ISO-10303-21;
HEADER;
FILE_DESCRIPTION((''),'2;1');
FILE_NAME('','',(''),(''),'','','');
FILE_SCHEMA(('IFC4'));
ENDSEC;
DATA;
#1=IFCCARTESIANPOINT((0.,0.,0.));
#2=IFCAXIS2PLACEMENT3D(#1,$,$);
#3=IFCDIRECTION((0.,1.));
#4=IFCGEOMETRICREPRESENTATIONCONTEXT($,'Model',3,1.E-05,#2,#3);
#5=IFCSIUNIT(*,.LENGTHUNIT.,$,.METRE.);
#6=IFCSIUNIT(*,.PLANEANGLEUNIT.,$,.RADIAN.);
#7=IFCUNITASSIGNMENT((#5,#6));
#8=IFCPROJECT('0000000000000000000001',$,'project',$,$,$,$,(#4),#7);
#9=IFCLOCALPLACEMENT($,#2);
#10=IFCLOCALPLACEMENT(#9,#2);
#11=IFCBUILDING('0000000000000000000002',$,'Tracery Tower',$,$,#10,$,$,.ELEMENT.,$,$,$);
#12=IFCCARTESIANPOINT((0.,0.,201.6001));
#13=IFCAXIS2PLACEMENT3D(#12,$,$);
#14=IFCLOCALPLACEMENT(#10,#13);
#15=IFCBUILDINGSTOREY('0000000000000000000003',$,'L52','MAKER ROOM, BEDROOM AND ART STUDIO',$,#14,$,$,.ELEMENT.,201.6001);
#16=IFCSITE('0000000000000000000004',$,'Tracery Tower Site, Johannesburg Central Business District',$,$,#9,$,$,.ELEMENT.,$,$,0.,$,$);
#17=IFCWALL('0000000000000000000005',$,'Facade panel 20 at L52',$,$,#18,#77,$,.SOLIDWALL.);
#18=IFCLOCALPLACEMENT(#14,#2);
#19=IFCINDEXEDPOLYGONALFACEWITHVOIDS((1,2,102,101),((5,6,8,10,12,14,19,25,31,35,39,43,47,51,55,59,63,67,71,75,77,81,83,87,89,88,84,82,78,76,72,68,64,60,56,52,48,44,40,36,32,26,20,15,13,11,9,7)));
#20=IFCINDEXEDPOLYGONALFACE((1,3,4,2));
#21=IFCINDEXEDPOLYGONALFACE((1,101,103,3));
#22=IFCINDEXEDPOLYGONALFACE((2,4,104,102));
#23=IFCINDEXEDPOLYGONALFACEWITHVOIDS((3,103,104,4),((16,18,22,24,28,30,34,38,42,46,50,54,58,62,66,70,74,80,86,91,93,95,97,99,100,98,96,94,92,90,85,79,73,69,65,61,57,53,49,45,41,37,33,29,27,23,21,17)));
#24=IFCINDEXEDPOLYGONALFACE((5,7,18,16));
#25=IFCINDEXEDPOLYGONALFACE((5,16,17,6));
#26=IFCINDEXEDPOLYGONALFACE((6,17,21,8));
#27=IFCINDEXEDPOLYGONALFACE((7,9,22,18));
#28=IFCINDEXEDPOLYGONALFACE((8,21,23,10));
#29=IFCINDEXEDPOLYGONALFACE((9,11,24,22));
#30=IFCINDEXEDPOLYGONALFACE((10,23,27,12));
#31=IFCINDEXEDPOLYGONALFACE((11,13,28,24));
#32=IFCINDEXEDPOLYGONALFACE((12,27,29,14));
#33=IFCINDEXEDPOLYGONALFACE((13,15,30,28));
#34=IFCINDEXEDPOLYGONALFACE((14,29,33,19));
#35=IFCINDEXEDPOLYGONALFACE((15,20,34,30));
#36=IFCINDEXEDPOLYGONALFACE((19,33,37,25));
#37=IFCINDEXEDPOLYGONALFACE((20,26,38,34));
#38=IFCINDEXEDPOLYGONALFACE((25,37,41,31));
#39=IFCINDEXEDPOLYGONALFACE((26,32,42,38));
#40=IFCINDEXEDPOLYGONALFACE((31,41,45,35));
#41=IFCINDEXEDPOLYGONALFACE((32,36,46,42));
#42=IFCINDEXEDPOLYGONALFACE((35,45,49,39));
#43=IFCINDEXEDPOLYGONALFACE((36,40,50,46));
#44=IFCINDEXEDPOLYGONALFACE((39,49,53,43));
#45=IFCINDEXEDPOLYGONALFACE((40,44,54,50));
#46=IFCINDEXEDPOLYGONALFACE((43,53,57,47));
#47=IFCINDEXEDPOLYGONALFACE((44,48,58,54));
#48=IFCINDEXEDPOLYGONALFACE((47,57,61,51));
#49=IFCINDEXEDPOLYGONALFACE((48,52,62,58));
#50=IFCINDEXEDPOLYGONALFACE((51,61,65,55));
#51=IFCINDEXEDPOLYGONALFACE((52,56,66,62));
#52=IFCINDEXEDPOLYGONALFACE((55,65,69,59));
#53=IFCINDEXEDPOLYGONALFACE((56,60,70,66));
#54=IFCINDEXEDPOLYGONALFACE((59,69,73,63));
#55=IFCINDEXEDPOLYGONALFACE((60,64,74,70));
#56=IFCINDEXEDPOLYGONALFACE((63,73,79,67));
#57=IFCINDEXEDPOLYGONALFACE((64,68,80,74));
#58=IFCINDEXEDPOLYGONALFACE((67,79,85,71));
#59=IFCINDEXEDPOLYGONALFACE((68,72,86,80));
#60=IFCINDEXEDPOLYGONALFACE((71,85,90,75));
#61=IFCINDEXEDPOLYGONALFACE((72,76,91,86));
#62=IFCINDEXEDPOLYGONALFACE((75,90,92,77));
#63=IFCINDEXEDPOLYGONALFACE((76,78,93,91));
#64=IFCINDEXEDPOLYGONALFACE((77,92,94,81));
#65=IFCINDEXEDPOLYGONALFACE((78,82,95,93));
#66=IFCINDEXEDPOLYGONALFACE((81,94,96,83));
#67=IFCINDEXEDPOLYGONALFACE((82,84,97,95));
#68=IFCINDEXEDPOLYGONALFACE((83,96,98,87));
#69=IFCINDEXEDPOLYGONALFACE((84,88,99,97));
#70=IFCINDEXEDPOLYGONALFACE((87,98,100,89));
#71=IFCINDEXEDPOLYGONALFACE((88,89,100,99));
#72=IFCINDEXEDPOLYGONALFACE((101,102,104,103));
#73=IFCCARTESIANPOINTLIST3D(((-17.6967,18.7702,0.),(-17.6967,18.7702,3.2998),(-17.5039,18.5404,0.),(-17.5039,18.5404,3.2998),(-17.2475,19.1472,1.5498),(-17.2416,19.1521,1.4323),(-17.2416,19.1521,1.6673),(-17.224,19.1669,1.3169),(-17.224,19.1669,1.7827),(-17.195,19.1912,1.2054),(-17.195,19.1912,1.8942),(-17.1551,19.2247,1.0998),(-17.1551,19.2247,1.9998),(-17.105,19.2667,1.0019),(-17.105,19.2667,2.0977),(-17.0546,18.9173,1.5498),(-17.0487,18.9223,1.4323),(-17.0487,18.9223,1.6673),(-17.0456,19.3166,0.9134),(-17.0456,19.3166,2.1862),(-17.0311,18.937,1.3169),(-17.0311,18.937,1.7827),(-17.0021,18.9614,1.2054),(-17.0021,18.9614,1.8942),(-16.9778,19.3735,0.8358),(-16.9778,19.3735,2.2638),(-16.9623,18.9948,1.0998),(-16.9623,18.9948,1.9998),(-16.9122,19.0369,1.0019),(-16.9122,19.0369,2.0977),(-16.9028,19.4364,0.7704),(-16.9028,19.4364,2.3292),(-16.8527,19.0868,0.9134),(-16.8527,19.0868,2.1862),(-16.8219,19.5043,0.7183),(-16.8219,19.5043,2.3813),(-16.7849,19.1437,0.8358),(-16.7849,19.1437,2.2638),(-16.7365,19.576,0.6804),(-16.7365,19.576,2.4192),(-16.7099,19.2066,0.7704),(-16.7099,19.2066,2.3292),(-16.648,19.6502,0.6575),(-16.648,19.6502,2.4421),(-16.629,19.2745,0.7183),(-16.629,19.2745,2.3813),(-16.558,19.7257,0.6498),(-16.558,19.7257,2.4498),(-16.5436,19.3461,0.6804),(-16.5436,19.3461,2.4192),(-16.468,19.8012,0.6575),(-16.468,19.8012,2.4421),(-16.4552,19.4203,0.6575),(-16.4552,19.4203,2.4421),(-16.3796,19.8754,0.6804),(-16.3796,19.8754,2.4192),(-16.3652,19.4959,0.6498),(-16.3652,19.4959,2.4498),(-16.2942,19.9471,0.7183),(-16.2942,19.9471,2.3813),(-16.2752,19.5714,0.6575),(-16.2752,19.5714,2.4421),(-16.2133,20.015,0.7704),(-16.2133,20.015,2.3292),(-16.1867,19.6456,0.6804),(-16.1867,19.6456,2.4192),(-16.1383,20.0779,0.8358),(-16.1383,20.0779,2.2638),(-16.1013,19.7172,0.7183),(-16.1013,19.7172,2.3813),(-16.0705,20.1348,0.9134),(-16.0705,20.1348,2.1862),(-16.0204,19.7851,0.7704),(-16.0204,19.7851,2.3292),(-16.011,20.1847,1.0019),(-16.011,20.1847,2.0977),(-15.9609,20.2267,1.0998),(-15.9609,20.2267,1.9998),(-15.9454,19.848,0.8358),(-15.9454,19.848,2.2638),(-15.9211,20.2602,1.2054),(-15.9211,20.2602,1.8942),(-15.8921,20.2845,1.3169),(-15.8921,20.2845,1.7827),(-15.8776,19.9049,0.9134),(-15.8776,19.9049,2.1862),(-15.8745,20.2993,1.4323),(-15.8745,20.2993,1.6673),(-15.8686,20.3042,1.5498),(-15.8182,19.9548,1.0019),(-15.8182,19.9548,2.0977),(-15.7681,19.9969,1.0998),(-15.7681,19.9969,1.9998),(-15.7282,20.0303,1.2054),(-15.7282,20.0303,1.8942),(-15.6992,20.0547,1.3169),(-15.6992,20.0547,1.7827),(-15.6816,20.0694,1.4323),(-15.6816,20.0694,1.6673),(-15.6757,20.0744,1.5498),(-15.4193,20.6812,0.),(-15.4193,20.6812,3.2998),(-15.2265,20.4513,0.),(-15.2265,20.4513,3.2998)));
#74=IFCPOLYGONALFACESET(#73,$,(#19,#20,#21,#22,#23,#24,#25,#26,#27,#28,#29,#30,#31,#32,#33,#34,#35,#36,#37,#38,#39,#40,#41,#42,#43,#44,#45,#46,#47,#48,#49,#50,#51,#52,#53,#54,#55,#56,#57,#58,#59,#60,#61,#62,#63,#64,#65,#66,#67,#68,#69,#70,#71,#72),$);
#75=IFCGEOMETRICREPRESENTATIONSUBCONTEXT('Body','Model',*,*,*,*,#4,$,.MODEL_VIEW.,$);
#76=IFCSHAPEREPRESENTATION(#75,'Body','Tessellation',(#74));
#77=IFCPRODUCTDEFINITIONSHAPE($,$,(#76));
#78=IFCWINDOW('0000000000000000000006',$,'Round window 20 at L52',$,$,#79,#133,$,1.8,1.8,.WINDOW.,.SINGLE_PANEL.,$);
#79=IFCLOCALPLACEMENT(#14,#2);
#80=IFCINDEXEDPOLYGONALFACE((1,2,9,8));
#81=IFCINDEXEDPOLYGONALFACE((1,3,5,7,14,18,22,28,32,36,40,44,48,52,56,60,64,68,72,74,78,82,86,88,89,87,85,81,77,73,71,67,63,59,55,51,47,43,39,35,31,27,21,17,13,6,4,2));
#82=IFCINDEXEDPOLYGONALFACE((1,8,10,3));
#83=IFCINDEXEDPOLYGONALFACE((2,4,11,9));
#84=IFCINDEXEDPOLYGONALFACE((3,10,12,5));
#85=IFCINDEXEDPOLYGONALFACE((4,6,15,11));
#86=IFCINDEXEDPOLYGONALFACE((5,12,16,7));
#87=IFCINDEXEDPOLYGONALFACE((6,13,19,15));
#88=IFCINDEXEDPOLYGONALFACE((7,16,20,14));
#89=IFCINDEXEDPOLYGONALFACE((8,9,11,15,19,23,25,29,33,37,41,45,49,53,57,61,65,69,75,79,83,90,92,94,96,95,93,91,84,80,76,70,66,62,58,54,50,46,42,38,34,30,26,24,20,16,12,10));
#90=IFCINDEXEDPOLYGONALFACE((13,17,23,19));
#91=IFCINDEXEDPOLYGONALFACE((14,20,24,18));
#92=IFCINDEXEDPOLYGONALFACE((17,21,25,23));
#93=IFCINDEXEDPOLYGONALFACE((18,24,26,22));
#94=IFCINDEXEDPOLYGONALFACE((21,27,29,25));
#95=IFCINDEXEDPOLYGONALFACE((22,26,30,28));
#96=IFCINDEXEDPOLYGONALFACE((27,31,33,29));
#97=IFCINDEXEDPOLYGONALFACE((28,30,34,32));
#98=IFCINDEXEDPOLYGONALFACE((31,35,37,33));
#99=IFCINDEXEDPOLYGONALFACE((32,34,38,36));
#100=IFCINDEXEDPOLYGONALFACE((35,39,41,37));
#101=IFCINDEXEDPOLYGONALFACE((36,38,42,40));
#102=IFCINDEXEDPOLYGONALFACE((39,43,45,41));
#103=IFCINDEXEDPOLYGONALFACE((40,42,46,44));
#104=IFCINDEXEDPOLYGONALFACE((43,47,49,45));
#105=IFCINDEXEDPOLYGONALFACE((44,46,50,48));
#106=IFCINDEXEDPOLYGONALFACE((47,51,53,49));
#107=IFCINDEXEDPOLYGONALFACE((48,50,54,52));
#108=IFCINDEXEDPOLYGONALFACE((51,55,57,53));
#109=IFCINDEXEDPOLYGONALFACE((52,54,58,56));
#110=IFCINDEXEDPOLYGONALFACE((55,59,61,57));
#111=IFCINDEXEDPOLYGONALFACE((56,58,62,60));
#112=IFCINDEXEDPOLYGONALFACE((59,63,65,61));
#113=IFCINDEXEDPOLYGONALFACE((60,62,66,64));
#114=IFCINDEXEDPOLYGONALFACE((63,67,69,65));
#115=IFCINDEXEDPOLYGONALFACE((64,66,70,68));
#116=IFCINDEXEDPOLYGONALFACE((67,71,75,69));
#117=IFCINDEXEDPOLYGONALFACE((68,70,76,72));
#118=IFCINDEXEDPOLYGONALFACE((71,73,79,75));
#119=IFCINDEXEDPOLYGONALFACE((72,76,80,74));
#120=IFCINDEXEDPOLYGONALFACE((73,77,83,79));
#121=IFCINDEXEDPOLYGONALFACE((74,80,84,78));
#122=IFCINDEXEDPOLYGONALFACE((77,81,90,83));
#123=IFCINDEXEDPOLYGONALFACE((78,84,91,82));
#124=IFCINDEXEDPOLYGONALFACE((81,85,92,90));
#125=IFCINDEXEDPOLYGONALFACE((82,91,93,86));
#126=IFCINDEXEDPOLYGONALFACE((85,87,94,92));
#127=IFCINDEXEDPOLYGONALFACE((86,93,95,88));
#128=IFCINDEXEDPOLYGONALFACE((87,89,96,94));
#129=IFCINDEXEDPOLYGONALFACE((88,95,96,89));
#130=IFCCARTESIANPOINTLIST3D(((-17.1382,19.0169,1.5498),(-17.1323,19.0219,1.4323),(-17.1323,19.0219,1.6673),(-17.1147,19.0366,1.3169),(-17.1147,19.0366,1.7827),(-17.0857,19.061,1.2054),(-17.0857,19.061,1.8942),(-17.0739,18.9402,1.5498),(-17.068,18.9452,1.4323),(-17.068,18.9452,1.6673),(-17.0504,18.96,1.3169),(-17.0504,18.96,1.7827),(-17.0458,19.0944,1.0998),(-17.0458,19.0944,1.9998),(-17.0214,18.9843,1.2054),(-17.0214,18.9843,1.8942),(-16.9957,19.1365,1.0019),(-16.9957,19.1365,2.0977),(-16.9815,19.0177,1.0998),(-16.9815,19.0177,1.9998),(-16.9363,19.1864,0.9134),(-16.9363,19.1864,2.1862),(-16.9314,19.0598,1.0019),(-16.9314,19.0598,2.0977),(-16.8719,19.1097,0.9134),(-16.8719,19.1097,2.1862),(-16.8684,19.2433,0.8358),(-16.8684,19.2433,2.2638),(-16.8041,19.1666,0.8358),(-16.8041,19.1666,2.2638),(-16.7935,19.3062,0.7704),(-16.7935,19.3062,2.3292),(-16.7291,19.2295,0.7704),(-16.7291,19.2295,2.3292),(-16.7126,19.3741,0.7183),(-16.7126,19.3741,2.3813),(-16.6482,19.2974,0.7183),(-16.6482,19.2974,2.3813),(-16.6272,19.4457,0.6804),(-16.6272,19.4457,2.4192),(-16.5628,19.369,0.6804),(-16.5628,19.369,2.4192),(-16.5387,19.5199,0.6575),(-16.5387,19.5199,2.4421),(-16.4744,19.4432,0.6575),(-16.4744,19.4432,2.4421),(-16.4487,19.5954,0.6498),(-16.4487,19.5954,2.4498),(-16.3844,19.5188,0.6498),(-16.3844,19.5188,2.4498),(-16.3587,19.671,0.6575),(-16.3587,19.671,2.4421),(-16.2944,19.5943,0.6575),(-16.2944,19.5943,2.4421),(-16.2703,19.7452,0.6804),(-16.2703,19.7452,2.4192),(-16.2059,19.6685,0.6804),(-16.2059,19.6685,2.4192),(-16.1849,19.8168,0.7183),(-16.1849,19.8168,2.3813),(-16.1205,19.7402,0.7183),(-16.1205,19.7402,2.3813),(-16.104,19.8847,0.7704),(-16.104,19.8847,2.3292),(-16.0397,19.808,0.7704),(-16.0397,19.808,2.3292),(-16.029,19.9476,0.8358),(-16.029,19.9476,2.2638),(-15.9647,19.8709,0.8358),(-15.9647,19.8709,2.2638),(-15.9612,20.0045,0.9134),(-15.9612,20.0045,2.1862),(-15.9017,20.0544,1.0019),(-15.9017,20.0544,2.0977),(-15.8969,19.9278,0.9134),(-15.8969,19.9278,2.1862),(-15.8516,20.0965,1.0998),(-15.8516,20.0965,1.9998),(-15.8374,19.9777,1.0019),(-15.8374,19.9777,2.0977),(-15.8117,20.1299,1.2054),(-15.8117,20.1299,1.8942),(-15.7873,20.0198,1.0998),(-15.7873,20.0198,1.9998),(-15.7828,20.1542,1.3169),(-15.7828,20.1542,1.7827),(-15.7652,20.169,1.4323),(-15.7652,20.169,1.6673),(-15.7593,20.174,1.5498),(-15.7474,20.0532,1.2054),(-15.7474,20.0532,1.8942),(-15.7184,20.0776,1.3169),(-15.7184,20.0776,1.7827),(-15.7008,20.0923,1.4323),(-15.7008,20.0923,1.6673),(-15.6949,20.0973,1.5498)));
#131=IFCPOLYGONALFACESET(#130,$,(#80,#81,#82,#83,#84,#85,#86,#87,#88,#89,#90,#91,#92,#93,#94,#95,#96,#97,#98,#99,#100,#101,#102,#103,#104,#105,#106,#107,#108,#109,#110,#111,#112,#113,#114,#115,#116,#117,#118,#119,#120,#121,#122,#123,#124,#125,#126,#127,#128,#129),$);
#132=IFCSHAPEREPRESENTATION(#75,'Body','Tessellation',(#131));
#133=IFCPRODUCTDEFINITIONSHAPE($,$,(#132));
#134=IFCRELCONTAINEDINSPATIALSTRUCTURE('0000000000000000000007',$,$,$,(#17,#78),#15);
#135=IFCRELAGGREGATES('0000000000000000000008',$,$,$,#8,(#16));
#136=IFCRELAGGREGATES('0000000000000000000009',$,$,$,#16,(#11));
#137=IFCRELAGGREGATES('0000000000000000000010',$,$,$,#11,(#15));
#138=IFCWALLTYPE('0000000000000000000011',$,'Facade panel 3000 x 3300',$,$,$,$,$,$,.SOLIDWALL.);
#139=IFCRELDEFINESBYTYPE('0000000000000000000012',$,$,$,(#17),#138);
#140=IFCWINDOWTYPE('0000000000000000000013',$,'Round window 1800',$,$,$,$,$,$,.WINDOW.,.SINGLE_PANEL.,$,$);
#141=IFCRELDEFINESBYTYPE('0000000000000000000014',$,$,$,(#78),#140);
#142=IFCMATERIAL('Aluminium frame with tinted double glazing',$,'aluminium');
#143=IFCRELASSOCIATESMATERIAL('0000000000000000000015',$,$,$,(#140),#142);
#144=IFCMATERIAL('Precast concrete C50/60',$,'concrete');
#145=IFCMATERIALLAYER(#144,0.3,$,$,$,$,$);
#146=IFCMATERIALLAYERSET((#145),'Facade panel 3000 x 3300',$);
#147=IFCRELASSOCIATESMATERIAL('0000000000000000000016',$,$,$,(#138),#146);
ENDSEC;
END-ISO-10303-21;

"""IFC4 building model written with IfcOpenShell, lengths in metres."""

from ifc_helpers import new_model, si_unit, direction, frame, frame_2d, origin, origin_2d, place, context, subcontext, project, spatial, rectangle, circle, extrude, material, layer, layer_set, type_object, element, fill, save


model = new_model("IFC4")

# Units and contexts
model_context = context("Model", 3, precision=1e-05, world=origin(), true_north=direction((0.0, 1.0)))
body_context = subcontext(model_context, "Body", "Model", "MODEL_VIEW")
ifc_project = project(units=[si_unit("LENGTHUNIT", "METRE"), si_unit("PLANEANGLEUNIT", "RADIAN")], contexts=[model_context])

# Site, building, storey
site_placement = place(None, origin())
site = spatial("IfcSite", under=ifc_project, at=site_placement, Name="Tracery Tower Site, Johannesburg Central Business District", CompositionType="ELEMENT", RefElevation=0.0)
building_placement = place(site_placement, origin())
building = spatial("IfcBuilding", under=site, at=building_placement, Name="Tracery Tower", CompositionType="ELEMENT")
storey_placement = place(building_placement, frame((0.0, 0.0, 201.6001)))
storey = spatial("IfcBuildingStorey", under=building, at=storey_placement, Name="L52", Description="MAKER ROOM, BEDROOM AND ART STUDIO", CompositionType="ELEMENT", Elevation=201.6001)

# Wall, opening, window
ifc_material_1 = material(Name="Aluminium frame with tinted double glazing", Category="aluminium")
window_type = type_object("IfcWindowType", Name="Round window 1800", PartitioningType="SINGLE_PANEL", PredefinedType="WINDOW", material=ifc_material_1)
ifc_material_2 = material(Name="Precast concrete C50/60", Category="concrete")
ifc_layer_1 = layer(ifc_material_2, 0.3)
ifc_layer_set_1 = layer_set([ifc_layer_1], Name="Facade panel 3000 x 3300")
wall_type_1 = type_object("IfcWallType", Name="Facade panel 3000 x 3300", PredefinedType="SOLIDWALL", material=ifc_layer_set_1)
wall_1_placement = place(storey_placement, frame((-15.323, 20.5662, 0.0), z_axis=(0.0, 0.0, 1.0), x_axis=(-0.766049, -0.642782, 0.0)))
wall_1 = element("IfcWall", 1, at=wall_1_placement, inside=storey, type_object=wall_type_1, Name="Facade panel 20 at L52", PredefinedType="SOLIDWALL", context=body_context, shape_type="SweptSolid", body=[
    extrude(rectangle(XDim=2.9729, YDim=0.3, at=frame_2d((1.4863, 0.0))), origin(), (0.0, 0.0, 1.0), 3.2998),
])
opening_1_placement = place(wall_1_placement, frame((1.4863, 0.0, 1.5498)))
opening_1 = element("IfcOpeningElement", 2, at=opening_1_placement, cuts=wall_1, PredefinedType="OPENING", context=body_context, shape_type="SweptSolid", body=[
    extrude(circle(Radius=0.9, at=origin_2d()), frame((0.0, 0.1599, 0.0), z_axis=(0.0, -1.0, 0.0), x_axis=(1.0, 0.0, 0.0)), (0.0, 0.0, 1.0), 0.3201),
])
window_1_placement = place(opening_1_placement, origin())
window_1 = element("IfcWindow", 3, at=window_1_placement, inside=storey, type_object=window_type, Name="Round window 20 at L52", OverallHeight=1.8, OverallWidth=1.8, PartitioningType="SINGLE_PANEL", PredefinedType="WINDOW", context=body_context, shape_type="SweptSolid", body=[
    extrude(circle(Radius=0.9, at=origin_2d()), frame((0.0, 0.1201, 0.0), z_axis=(0.0, -1.0, 0.0), x_axis=(1.0, 0.0, 0.0)), (0.0, 0.0, 1.0), 0.1001),
])
fill(opening_1, window_1)

save(model, "model.ifc")
